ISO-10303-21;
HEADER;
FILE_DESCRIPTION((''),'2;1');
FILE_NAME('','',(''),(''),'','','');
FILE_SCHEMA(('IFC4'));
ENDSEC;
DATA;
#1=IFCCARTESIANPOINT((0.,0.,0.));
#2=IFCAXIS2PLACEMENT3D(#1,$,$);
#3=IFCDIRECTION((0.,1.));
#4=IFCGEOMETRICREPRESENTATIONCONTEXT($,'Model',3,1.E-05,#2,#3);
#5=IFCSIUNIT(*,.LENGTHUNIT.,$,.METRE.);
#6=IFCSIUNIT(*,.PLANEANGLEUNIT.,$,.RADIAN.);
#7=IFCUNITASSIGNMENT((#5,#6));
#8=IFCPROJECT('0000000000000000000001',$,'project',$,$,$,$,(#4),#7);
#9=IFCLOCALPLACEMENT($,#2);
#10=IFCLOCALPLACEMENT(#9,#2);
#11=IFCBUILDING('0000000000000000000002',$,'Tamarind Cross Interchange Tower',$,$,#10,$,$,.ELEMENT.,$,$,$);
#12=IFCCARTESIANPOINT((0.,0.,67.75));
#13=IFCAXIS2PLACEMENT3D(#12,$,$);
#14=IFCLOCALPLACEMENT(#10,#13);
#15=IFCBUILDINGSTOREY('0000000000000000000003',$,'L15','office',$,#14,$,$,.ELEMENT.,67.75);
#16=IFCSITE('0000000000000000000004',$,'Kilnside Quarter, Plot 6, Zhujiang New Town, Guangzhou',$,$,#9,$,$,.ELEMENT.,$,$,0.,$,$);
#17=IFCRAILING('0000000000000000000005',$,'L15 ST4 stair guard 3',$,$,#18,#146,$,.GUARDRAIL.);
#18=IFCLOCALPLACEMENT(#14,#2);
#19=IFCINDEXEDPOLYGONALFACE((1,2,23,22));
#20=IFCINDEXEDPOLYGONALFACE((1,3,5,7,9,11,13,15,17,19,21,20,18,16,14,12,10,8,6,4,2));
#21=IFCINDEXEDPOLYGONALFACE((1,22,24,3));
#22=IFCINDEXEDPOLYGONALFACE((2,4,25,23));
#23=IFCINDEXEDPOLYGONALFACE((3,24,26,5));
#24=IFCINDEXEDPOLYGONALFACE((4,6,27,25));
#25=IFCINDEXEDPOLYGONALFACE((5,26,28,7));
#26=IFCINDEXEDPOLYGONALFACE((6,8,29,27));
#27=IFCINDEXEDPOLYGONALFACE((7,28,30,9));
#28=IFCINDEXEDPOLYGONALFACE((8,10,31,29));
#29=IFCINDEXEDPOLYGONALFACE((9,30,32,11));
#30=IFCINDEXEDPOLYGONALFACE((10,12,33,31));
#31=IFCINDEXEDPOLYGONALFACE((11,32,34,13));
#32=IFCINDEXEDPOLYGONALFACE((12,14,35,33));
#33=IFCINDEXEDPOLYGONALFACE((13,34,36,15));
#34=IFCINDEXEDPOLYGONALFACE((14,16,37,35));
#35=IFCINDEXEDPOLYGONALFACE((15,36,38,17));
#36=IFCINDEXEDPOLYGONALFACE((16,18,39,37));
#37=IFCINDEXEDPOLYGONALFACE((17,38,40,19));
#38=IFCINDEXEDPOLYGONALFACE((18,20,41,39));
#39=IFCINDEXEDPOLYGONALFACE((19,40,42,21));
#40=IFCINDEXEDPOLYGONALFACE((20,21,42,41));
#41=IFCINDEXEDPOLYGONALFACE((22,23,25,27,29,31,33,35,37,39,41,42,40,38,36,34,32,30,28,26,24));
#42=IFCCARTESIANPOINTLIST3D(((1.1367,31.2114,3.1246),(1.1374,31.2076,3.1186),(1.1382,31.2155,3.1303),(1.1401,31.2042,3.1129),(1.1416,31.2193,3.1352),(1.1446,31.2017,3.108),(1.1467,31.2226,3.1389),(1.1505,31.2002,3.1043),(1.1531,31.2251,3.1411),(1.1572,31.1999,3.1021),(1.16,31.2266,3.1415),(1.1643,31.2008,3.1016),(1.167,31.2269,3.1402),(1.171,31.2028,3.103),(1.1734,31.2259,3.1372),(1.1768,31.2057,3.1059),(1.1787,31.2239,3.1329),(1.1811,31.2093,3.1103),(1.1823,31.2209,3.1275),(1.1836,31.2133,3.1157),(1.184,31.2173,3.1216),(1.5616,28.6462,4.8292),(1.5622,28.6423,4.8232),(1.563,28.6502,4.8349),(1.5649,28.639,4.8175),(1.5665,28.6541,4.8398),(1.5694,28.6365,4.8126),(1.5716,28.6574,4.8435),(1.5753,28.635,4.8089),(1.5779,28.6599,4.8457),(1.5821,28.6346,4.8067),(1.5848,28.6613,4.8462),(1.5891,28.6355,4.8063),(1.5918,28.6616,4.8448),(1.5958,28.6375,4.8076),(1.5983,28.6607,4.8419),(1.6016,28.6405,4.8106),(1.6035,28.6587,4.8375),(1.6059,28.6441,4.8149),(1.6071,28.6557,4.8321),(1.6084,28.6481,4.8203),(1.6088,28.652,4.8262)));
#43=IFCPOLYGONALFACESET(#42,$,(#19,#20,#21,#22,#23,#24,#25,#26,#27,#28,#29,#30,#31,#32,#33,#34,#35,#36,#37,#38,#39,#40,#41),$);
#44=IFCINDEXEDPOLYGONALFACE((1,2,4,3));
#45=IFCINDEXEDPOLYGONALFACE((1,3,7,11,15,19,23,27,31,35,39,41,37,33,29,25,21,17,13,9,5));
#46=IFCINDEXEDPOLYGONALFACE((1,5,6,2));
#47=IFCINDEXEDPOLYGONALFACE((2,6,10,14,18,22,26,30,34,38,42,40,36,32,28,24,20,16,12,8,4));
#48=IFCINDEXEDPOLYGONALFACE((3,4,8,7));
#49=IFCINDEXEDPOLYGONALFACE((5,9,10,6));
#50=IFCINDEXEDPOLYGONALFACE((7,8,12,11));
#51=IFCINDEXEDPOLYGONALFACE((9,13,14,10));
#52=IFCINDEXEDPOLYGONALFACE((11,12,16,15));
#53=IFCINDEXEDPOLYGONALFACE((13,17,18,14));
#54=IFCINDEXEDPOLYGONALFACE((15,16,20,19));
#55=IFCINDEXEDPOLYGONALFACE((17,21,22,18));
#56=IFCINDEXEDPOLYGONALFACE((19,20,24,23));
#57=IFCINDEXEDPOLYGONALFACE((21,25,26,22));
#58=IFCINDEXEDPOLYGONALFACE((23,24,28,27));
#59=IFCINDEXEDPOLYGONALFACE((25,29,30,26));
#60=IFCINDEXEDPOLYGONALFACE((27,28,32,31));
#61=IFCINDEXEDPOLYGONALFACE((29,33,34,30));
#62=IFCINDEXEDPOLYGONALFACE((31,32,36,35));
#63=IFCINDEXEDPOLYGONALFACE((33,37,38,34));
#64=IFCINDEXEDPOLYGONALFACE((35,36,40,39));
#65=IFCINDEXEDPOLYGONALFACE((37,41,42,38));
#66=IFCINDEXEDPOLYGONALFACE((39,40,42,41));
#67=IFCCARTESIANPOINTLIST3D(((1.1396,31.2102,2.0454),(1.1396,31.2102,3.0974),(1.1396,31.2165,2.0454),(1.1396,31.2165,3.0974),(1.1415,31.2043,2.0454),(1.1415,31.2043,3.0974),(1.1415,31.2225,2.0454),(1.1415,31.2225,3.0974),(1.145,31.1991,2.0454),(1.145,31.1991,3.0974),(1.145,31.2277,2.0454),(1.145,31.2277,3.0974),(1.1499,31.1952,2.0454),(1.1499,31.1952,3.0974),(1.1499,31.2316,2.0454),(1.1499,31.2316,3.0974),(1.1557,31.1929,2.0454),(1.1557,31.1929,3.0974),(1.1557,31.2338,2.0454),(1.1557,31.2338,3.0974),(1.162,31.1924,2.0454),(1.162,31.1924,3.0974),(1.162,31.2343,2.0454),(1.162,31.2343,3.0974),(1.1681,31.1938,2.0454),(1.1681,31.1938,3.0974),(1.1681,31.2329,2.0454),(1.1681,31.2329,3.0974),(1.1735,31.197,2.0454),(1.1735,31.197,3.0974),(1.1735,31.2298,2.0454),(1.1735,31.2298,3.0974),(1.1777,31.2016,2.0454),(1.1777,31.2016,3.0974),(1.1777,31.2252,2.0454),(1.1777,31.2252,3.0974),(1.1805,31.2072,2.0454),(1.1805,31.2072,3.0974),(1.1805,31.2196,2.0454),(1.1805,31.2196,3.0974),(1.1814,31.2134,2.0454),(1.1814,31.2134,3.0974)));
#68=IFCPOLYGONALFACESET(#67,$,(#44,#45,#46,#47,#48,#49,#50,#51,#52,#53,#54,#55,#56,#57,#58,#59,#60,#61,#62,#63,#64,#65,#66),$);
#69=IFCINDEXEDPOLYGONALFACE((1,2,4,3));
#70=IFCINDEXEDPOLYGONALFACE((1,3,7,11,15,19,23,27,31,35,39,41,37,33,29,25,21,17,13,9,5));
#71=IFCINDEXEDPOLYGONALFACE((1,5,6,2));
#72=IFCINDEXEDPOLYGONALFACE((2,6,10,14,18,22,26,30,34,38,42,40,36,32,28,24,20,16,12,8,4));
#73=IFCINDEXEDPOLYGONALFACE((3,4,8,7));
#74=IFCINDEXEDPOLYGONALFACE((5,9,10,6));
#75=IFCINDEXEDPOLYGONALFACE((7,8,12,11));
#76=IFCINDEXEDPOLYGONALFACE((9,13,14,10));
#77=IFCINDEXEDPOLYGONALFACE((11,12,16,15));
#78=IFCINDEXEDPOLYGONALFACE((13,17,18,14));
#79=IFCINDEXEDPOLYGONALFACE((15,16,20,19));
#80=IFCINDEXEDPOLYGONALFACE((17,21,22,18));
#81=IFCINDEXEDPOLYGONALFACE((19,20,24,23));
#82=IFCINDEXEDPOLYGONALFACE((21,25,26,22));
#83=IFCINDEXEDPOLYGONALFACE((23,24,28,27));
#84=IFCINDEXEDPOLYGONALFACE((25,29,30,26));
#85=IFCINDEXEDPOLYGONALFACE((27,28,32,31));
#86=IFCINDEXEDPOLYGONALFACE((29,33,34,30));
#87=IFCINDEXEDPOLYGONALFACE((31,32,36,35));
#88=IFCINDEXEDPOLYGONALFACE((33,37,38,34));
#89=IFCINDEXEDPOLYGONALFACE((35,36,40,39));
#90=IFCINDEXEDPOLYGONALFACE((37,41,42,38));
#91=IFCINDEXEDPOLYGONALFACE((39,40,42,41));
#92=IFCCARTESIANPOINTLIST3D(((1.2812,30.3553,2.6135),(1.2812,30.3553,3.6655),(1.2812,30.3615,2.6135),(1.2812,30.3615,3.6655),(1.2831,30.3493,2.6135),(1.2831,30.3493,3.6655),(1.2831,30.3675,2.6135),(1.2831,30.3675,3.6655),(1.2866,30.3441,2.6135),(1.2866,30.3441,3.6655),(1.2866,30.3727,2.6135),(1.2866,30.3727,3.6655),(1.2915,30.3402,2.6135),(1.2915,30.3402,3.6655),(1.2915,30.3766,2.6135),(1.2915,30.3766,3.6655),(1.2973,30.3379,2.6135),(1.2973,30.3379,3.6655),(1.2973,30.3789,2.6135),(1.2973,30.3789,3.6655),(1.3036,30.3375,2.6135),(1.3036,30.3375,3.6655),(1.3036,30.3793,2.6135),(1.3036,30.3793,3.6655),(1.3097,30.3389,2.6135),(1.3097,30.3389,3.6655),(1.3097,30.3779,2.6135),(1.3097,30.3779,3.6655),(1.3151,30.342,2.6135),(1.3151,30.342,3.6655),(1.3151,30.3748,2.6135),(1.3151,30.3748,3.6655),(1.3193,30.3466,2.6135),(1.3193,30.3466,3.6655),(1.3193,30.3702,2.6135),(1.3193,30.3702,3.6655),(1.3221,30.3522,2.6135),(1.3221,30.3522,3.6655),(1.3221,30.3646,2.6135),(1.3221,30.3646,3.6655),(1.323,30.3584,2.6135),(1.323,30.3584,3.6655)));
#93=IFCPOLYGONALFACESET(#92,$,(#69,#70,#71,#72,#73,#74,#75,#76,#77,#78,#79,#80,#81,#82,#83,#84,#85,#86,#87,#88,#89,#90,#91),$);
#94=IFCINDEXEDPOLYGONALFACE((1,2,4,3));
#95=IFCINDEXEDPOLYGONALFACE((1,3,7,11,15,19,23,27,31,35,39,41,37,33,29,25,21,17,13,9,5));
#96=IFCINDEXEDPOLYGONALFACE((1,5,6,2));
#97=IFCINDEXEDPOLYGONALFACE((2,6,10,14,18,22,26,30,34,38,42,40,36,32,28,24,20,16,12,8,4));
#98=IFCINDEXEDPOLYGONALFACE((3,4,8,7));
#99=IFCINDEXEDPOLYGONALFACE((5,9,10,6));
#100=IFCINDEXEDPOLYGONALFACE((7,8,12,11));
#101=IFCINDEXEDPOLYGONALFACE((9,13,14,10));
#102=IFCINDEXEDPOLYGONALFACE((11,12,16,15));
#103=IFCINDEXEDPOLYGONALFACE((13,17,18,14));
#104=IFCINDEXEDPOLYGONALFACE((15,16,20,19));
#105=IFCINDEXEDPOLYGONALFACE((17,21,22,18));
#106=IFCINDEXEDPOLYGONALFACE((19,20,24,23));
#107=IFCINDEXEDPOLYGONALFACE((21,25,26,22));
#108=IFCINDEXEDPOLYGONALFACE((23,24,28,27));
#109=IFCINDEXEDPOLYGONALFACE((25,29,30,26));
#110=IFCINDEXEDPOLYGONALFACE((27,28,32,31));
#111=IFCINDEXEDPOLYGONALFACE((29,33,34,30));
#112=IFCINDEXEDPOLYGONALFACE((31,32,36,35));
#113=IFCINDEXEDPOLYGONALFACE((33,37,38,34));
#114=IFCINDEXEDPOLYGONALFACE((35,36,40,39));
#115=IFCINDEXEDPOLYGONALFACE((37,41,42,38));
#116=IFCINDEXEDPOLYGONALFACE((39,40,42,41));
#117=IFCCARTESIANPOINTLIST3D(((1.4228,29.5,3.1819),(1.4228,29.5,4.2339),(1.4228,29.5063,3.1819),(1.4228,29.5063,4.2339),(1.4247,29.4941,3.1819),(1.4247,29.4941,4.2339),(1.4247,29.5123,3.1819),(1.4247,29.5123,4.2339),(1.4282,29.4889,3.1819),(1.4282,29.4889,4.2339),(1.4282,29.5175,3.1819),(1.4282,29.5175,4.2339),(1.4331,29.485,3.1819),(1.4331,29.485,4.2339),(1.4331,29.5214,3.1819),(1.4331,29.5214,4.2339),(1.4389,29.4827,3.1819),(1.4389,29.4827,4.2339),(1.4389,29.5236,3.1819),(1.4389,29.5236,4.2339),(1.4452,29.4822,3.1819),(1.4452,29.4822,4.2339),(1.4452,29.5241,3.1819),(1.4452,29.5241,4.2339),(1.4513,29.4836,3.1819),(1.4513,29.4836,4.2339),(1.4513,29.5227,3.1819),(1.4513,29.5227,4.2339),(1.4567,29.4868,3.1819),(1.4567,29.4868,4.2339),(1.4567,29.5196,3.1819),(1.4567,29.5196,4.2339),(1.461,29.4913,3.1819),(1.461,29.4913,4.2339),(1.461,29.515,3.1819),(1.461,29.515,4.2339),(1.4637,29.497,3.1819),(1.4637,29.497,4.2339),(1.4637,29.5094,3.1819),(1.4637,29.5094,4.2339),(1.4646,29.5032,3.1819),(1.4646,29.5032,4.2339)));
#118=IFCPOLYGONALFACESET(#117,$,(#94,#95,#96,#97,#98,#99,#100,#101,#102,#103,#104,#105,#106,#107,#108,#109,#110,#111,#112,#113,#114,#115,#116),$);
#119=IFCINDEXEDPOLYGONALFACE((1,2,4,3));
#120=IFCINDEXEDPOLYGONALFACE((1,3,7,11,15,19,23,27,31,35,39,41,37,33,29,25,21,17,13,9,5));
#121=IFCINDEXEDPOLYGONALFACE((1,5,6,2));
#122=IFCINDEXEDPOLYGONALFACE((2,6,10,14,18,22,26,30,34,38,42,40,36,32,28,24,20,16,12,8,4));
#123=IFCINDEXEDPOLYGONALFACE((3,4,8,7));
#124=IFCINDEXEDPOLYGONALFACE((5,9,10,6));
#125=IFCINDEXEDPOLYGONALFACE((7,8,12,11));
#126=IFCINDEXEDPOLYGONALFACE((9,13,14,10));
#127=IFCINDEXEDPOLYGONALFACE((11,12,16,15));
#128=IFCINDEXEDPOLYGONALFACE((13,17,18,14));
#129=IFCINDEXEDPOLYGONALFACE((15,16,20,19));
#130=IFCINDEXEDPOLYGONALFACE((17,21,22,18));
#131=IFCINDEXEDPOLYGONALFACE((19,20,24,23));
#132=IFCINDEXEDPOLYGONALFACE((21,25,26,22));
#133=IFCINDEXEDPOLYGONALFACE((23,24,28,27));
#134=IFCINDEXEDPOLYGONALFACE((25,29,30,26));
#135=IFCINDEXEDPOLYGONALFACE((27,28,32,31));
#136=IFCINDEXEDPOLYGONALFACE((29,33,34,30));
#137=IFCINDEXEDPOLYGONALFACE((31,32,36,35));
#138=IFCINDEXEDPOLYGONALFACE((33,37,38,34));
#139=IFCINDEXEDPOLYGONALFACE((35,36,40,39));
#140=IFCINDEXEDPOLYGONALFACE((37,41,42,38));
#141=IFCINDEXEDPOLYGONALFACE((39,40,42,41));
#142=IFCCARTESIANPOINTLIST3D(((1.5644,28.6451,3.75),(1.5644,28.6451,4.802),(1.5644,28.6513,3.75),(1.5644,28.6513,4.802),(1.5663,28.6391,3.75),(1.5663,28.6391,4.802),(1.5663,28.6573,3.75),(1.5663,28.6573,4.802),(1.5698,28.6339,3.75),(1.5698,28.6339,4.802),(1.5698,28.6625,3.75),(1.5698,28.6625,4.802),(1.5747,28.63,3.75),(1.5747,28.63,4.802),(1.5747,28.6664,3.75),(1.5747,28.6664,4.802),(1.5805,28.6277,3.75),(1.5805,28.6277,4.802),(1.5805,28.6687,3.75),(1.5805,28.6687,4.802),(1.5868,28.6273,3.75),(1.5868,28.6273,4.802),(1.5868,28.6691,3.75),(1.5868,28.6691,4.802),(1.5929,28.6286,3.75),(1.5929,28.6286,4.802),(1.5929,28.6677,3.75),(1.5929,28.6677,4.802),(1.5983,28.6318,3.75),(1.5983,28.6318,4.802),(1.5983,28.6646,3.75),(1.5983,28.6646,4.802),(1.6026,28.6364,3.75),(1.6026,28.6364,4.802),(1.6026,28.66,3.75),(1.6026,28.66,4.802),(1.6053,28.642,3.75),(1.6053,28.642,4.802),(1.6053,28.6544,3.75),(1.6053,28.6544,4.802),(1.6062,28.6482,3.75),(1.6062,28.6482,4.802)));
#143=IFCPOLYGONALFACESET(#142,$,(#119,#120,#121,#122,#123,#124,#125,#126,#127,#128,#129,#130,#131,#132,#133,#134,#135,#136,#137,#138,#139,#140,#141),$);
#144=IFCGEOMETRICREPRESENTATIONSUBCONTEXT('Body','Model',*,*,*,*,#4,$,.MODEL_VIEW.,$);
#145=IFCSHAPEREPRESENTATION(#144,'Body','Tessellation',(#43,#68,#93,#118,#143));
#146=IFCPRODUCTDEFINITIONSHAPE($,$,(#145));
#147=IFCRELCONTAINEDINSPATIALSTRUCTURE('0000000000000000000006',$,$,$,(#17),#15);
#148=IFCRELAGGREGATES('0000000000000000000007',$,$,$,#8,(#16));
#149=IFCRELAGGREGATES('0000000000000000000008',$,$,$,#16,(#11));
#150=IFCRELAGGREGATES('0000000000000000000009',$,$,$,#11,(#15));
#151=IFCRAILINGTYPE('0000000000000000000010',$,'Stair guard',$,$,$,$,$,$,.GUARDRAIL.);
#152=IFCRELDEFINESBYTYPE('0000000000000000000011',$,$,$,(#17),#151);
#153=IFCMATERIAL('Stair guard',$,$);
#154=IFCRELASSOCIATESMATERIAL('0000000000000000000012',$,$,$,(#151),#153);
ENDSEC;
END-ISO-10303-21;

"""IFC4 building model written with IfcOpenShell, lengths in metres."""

from ifc_helpers import new_model, si_unit, direction, frame, origin, origin_2d, place, context, subcontext, project, spatial, circle, extrude, material, type_object, element, save


model = new_model("IFC4")

# Units and contexts
model_context = context("Model", 3, precision=1e-05, world=origin(), true_north=direction((0.0, 1.0)))
body_context = subcontext(model_context, "Body", "Model", "MODEL_VIEW")
ifc_project = project(units=[si_unit("LENGTHUNIT", "METRE"), si_unit("PLANEANGLEUNIT", "RADIAN")], contexts=[model_context])

# Site, building, storey
site_placement = place(None, origin())
site = spatial("IfcSite", under=ifc_project, at=site_placement, Name="Kilnside Quarter, Plot 6, Zhujiang New Town, Guangzhou", CompositionType="ELEMENT", RefElevation=0.0)
building_placement = place(site_placement, origin())
building = spatial("IfcBuilding", under=site, at=building_placement, Name="Tamarind Cross Interchange Tower", CompositionType="ELEMENT")
storey_placement = place(building_placement, frame((0.0, 0.0, 67.75)))
storey = spatial("IfcBuildingStorey", under=building, at=storey_placement, Name="L15", Description="office", CompositionType="ELEMENT", Elevation=67.75)

# Railing
ifc_material_1 = material(Name="Stair guard")
railing_type_1 = type_object("IfcRailingType", Name="Stair guard", PredefinedType="GUARDRAIL", material=ifc_material_1)
railing_1_placement = place(storey_placement, frame((1.1604, 31.2134, 2.0454)))
element("IfcRailing", 1, at=railing_1_placement, inside=storey, type_object=railing_type_1, Name="L15 ST4 stair guard 3", PredefinedType="GUARDRAIL", context=body_context, shape_type="SweptSolid", body=[
    extrude(circle(Radius=0.0239, at=origin_2d()), frame((0.0, 0.0, 1.0762), z_axis=(0.136634, -0.825068, 0.548265), x_axis=(0.986563, 0.163379, 0.0)), (0.0, 0.0, 1.0), 3.1091),
    extrude(circle(Radius=0.021, at=origin_2d()), origin(), (0.0, 0.0, 1.0), 1.052),
    extrude(circle(Radius=0.021, at=origin_2d()), frame((0.1416, -0.855, 0.5681)), (0.0, 0.0, 1.0), 1.052),
    extrude(circle(Radius=0.021, at=origin_2d()), frame((0.2832, -1.7102, 1.1365)), (0.0, 0.0, 1.0), 1.052),
    extrude(circle(Radius=0.021, at=origin_2d()), frame((0.4248, -2.5652, 1.7046)), (0.0, 0.0, 1.0), 1.052),
])

save(model, "model.ifc")
